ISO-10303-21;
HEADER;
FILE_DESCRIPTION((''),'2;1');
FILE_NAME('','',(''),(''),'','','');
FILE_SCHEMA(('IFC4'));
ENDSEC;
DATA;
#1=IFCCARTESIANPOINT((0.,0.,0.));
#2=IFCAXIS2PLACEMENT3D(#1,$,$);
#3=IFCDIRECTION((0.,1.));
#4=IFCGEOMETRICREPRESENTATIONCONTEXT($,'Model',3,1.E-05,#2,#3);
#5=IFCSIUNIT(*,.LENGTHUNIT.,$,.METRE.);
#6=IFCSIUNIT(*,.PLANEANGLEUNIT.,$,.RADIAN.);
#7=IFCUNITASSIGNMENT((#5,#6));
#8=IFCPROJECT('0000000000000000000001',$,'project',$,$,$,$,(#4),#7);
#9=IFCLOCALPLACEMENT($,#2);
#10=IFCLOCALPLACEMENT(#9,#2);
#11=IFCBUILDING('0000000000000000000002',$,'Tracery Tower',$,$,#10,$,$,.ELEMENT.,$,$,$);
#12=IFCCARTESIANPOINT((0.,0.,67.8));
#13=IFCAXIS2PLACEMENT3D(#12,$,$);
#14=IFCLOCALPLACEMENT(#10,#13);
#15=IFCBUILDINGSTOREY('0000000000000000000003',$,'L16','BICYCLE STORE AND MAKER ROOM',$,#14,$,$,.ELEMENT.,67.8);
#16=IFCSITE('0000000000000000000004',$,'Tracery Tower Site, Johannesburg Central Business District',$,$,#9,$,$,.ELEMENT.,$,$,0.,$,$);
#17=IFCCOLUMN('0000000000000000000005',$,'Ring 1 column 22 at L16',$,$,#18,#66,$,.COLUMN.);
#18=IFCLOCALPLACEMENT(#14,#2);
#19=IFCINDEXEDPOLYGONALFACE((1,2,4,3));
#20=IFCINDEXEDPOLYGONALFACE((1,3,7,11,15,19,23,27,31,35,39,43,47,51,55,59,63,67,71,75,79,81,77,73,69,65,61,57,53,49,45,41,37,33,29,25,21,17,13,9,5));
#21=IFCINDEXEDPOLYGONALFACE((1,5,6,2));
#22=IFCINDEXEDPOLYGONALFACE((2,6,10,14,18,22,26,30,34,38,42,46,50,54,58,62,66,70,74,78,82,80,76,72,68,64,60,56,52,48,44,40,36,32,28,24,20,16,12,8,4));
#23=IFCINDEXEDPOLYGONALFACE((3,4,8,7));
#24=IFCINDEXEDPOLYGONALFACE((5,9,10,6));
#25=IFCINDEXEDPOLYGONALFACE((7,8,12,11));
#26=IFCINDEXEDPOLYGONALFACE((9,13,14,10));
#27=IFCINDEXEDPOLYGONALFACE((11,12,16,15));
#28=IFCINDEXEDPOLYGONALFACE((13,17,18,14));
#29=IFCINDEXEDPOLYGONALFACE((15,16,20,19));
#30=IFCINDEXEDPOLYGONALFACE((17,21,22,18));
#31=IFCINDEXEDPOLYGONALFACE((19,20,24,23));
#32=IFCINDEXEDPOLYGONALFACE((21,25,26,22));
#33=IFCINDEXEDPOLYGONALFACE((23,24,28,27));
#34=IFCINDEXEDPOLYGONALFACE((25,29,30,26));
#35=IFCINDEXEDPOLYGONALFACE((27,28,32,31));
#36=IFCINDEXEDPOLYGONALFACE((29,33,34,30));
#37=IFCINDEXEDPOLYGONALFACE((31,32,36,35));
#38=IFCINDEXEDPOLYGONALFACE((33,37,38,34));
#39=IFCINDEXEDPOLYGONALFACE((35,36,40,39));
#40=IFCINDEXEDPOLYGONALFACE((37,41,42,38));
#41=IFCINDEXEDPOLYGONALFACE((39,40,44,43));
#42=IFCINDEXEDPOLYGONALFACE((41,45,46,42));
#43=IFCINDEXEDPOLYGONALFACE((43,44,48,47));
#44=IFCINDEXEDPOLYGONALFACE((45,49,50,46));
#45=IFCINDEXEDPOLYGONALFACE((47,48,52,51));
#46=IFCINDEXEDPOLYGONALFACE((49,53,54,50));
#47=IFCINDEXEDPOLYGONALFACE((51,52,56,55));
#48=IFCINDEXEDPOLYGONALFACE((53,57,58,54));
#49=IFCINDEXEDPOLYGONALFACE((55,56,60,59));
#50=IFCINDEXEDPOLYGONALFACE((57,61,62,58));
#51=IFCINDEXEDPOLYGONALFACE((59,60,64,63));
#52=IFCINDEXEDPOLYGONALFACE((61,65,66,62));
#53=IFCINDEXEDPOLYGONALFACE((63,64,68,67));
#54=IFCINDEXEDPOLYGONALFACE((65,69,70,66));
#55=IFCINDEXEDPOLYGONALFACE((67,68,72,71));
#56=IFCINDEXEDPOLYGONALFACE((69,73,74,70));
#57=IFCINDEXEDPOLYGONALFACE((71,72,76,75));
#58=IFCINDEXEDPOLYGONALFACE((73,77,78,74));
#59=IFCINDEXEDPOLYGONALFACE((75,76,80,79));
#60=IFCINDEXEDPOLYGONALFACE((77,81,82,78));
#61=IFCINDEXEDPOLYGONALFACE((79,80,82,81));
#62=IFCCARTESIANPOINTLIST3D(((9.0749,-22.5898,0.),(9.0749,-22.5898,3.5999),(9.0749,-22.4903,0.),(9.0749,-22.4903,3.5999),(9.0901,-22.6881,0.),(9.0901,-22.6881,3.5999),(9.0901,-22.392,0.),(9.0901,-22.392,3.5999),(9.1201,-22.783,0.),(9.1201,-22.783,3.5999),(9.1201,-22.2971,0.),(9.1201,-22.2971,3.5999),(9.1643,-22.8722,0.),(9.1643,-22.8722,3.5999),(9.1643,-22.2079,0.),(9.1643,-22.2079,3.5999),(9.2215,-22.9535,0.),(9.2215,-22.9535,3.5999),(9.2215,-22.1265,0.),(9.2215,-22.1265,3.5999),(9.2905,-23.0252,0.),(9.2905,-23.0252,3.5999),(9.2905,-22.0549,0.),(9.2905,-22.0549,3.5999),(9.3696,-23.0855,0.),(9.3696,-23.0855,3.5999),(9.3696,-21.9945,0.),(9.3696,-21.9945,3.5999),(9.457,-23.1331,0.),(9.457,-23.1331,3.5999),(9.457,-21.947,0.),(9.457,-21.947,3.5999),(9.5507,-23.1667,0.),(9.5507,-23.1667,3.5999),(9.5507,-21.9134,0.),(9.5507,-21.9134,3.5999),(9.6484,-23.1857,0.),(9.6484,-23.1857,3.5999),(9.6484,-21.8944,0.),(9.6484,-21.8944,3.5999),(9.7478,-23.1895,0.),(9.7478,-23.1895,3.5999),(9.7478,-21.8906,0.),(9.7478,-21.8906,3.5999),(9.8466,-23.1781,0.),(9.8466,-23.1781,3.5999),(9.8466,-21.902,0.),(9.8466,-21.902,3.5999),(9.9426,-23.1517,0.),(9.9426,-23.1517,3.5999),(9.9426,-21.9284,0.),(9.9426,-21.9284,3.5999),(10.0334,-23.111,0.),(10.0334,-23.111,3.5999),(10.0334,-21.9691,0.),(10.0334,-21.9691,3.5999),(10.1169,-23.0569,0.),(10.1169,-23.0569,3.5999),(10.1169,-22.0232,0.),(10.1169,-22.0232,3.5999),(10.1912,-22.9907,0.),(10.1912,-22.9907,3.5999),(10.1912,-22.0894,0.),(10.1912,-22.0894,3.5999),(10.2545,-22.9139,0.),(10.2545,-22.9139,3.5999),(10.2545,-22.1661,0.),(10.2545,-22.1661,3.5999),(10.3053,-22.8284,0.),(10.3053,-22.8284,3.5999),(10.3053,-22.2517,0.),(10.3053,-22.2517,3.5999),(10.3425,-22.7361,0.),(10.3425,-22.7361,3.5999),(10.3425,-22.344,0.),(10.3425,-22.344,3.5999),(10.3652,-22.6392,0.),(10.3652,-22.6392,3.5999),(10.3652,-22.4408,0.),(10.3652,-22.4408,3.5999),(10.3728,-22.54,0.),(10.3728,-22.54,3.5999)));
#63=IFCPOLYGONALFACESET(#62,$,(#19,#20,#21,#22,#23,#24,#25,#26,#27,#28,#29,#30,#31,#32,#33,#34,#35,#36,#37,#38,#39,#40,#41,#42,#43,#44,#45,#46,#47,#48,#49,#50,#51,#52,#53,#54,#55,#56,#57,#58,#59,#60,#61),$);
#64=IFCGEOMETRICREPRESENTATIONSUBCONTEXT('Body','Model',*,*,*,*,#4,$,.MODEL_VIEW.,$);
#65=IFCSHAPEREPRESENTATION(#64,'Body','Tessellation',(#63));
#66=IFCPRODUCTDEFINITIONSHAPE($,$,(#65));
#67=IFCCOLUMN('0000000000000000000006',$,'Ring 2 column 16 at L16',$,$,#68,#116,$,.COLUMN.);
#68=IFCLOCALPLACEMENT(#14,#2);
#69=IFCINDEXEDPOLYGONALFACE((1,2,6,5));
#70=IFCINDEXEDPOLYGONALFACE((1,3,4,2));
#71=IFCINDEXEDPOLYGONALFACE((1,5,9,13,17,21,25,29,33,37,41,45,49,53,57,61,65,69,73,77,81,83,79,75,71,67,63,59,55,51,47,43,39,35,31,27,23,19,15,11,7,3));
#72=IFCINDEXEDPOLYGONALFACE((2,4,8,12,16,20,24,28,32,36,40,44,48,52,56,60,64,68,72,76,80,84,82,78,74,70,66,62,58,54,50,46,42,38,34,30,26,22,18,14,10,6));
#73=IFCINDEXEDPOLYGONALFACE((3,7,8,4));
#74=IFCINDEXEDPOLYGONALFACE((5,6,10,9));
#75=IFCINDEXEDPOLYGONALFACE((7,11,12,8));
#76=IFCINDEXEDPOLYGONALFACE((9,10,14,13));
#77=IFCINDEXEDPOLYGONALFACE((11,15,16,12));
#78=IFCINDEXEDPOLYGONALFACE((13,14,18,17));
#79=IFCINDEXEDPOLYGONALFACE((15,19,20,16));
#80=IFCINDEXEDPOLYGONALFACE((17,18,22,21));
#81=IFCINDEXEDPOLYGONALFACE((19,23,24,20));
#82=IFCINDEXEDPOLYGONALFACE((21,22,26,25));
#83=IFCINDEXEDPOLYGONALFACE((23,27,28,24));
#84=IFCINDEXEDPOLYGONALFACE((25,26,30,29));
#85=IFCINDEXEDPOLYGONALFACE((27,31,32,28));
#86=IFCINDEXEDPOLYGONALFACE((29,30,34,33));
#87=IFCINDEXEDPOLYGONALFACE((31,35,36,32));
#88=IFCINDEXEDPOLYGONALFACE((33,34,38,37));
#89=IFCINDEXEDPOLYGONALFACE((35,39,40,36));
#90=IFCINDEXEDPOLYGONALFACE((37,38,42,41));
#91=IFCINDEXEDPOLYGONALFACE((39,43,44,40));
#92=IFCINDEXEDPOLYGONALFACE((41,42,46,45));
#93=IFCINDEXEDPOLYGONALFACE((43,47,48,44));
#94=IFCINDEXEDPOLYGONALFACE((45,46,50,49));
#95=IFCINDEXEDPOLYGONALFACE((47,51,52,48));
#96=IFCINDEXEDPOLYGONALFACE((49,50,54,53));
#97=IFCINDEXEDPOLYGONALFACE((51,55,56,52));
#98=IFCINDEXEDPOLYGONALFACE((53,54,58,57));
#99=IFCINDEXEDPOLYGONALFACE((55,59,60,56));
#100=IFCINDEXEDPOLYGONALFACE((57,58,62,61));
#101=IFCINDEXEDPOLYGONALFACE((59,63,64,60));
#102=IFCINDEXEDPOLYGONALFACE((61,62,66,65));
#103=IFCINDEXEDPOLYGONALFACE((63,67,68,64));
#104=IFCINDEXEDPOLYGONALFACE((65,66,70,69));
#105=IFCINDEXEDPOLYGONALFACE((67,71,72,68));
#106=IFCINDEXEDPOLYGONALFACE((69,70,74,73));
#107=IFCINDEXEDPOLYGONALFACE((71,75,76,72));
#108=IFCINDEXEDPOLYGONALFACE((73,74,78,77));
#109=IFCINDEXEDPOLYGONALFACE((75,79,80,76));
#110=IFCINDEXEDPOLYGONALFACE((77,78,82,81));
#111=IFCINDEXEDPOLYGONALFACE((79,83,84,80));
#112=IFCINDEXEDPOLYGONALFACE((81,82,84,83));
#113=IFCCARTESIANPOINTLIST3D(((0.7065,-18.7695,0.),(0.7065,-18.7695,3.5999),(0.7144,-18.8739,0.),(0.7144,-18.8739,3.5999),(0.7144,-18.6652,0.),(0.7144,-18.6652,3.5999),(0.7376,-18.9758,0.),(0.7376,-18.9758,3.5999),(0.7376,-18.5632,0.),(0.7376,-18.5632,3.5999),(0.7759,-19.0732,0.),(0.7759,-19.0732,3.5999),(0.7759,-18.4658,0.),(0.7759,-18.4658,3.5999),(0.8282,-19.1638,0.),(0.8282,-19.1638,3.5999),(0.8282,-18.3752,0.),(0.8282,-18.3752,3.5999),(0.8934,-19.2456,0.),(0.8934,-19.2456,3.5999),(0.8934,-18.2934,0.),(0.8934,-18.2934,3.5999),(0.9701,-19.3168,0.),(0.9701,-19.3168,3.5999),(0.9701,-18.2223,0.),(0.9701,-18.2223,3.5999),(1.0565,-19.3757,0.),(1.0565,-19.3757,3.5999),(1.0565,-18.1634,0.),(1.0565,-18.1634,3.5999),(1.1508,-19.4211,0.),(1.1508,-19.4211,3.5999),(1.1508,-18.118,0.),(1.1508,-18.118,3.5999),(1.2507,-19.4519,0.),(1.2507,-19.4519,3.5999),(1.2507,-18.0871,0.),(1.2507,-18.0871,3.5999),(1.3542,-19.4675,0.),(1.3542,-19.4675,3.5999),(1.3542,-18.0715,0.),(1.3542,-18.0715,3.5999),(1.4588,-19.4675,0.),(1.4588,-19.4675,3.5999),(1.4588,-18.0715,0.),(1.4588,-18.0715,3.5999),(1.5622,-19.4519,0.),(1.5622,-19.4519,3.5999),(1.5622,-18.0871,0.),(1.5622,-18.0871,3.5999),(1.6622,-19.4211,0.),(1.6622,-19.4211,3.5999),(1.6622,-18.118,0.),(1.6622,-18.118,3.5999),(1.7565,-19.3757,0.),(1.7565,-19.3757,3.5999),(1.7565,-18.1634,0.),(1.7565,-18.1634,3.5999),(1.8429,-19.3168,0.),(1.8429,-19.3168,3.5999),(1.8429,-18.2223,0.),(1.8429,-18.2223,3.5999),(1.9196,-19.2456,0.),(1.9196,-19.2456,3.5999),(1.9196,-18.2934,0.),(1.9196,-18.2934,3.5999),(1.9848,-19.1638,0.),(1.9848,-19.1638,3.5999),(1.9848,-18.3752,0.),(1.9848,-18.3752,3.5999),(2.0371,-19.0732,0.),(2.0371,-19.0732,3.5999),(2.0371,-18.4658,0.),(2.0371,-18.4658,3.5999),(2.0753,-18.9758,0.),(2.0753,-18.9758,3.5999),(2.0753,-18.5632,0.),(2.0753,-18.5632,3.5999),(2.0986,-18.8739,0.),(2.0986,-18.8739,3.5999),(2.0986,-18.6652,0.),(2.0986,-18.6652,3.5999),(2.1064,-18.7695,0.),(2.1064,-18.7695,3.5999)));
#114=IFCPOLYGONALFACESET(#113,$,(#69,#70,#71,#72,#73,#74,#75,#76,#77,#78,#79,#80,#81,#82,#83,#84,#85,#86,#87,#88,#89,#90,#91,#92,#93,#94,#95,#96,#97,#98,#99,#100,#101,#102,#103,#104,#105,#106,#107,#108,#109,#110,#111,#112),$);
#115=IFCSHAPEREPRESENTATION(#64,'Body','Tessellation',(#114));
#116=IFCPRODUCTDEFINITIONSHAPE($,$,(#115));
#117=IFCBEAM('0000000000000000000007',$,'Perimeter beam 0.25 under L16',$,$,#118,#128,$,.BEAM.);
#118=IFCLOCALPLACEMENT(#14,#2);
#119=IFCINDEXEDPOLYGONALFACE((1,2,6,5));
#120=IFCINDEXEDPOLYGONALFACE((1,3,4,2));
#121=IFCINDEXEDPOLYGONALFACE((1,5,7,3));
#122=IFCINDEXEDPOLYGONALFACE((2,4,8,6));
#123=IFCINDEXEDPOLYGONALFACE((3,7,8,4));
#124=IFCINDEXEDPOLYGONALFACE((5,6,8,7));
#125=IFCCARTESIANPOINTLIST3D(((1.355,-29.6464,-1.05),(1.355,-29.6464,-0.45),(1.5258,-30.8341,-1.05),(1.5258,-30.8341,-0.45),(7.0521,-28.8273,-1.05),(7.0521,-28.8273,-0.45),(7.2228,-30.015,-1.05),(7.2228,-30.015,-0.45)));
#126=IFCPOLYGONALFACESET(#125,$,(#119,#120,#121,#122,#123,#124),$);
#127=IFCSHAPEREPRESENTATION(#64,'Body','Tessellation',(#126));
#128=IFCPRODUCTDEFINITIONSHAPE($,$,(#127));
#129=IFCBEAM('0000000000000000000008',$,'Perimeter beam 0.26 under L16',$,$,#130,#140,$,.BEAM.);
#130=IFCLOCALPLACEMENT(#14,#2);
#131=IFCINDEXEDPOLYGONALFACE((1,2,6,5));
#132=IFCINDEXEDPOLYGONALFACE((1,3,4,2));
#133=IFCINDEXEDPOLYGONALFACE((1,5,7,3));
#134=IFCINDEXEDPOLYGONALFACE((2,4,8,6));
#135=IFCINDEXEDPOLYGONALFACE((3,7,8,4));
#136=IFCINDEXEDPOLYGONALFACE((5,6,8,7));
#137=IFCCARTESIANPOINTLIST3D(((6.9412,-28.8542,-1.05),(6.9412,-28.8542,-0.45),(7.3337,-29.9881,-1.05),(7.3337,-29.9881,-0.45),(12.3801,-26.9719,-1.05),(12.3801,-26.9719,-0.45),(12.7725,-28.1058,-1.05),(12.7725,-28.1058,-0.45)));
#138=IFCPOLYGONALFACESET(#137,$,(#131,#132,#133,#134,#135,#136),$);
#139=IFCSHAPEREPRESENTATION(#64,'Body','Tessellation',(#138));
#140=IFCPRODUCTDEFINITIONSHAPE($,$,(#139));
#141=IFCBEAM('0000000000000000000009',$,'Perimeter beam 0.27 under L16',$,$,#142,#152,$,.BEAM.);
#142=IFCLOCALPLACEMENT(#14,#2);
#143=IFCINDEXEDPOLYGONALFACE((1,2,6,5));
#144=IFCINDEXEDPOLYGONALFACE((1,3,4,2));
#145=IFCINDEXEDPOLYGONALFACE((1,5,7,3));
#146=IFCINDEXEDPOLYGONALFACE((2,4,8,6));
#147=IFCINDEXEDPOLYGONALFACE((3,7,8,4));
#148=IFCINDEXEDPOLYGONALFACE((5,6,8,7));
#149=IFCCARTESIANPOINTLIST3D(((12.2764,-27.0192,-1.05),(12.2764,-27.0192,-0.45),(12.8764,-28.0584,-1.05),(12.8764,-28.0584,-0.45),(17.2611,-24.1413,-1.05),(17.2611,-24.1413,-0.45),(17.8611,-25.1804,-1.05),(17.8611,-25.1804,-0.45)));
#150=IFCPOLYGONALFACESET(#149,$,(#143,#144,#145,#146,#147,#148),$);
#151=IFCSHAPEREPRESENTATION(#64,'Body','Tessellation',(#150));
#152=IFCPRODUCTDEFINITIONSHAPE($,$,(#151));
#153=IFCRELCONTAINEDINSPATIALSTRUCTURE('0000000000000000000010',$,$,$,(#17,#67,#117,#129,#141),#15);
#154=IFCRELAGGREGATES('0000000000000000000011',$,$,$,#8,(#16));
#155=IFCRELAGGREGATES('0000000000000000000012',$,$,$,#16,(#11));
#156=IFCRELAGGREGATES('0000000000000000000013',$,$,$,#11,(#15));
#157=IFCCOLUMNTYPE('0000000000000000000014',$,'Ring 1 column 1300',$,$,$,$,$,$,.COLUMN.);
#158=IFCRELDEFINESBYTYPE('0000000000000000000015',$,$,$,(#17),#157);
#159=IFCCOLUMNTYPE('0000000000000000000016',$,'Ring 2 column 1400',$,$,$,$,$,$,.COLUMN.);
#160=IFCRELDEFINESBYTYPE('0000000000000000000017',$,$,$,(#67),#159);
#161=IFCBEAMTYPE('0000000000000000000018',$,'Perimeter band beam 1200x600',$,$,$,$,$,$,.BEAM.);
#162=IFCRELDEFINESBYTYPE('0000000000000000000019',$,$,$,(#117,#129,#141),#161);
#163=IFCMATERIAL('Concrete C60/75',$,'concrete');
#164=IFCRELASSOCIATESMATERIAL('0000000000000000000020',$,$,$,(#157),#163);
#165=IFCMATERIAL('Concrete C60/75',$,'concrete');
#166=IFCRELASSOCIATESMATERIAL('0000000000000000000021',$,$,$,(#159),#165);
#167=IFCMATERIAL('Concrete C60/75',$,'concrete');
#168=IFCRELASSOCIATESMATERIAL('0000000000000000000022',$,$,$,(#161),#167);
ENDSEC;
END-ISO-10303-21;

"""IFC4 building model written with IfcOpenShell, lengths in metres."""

from ifc_helpers import new_model, si_unit, direction, frame, origin, origin_2d, place, context, subcontext, project, spatial, rectangle, circle, extrude, material, material_profile, profile_set, type_object, element, save


model = new_model("IFC4")

# Units and contexts
model_context = context("Model", 3, precision=1e-05, world=origin(), true_north=direction((0.0, 1.0)))
body_context = subcontext(model_context, "Body", "Model", "MODEL_VIEW")
ifc_project = project(units=[si_unit("LENGTHUNIT", "METRE"), si_unit("PLANEANGLEUNIT", "RADIAN")], contexts=[model_context])

# Site, building, storey
site_placement = place(None, origin())
site = spatial("IfcSite", under=ifc_project, at=site_placement, Name="Tracery Tower Site, Johannesburg Central Business District", CompositionType="ELEMENT", RefElevation=0.0)
building_placement = place(site_placement, origin())
building = spatial("IfcBuilding", under=site, at=building_placement, Name="Tracery Tower", CompositionType="ELEMENT")
storey_placement = place(building_placement, frame((0.0, 0.0, 67.8)))
storey = spatial("IfcBuildingStorey", under=building, at=storey_placement, Name="L16", Description="BICYCLE STORE AND MAKER ROOM", CompositionType="ELEMENT", Elevation=67.8)

# Columns
ifc_material_1 = material(Name="Concrete C60/75", Category="concrete")
ifc_material_profile_1 = material_profile(ifc_material_1, circle(Radius=0.6499, at=origin_2d()), Name="RC D1300")
ifc_profile_set_1 = profile_set([ifc_material_profile_1], Name="Concrete C60/75")
column_type_1 = type_object("IfcColumnType", Name="Ring 1 column 1300", PredefinedType="COLUMN", material=ifc_profile_set_1)
for number, where, z_axis, x_axis, name in (
    (1, (9.7229, -22.54, 0.0), (0.0, 0.0, 1.0), (1.0, 0.0, 0.0), "Ring 1 column 22 at L16"),
):
    element("IfcColumn", number, at=place(storey_placement, frame(where, z_axis=z_axis, x_axis=x_axis)), inside=storey, type_object=column_type_1, Name=name, PredefinedType="COLUMN", context=body_context, shape_type="SweptSolid", body=[
        extrude(circle(Radius=0.6499, at=origin_2d()), origin(), (0.0, 0.0, 1.0), 3.5999),
    ])
ifc_material_2 = material(Name="Concrete C60/75", Category="concrete")
ifc_material_profile_2 = material_profile(ifc_material_2, circle(Radius=0.7, at=origin_2d()), Name="RC D1400")
ifc_profile_set_2 = profile_set([ifc_material_profile_2], Name="Concrete C60/75")
column_type_2 = type_object("IfcColumnType", Name="Ring 2 column 1400", PredefinedType="COLUMN", material=ifc_profile_set_2)
column_placement = place(storey_placement, frame((1.4065, -18.7695, 0.0), z_axis=(0.0, 0.0, 1.0), x_axis=(1.0, 0.0, 0.0)))
element("IfcColumn", 2, at=column_placement, inside=storey, type_object=column_type_2, Name="Ring 2 column 16 at L16", PredefinedType="COLUMN", context=body_context, shape_type="SweptSolid", body=[
    extrude(circle(Radius=0.7, at=origin_2d()), origin(), (0.0, 0.0, 1.0), 3.5999),
])

# Beams
ifc_material_3 = material(Name="Concrete C60/75", Category="concrete")
ifc_material_profile_3 = material_profile(ifc_material_3, rectangle(XDim=1.2, YDim=0.6001, at=origin_2d()), Name="RC 1200x600")
ifc_profile_set_3 = profile_set([ifc_material_profile_3], Name="Concrete C60/75")
beam_type = type_object("IfcBeamType", Name="Perimeter band beam 1200x600", PredefinedType="BEAM", material=ifc_profile_set_3)
beam_1_placement = place(storey_placement, frame((1.4404, -30.2402, -0.75), z_axis=(0.989822, 0.142312, 0.0), x_axis=(-0.142312, 0.989822, 0.0)))
element("IfcBeam", 3, at=beam_1_placement, inside=storey, type_object=beam_type, Name="Perimeter beam 0.25 under L16", PredefinedType="BEAM", context=body_context, shape_type="SweptSolid", body=[
    extrude(rectangle(XDim=1.2, YDim=0.6001, at=origin_2d()), origin(), (0.0, 0.0, 1.0), 5.7556),
])
beam_2_placement = place(storey_placement, frame((7.1375, -29.4211, -0.75), z_axis=(0.945007, 0.327049, 0.0), x_axis=(-0.327049, 0.945007, 0.0)))
element("IfcBeam", 4, at=beam_2_placement, inside=storey, type_object=beam_type, Name="Perimeter beam 0.26 under L16", PredefinedType="BEAM", context=body_context, shape_type="SweptSolid", body=[
    extrude(rectangle(XDim=1.2, YDim=0.6001, at=origin_2d()), origin(), (0.0, 0.0, 1.0), 5.7554),
])
beam_3_placement = place(storey_placement, frame((12.5764, -27.5388, -0.75), z_axis=(0.866021, 0.500008, 0.0), x_axis=(-0.500008, 0.866021, 0.0)))
element("IfcBeam", 5, at=beam_3_placement, inside=storey, type_object=beam_type, Name="Perimeter beam 0.27 under L16", PredefinedType="BEAM", context=body_context, shape_type="SweptSolid", body=[
    extrude(rectangle(XDim=1.2, YDim=0.6001, at=origin_2d()), origin(), (0.0, 0.0, 1.0), 5.7559),
])

save(model, "model.ifc")
